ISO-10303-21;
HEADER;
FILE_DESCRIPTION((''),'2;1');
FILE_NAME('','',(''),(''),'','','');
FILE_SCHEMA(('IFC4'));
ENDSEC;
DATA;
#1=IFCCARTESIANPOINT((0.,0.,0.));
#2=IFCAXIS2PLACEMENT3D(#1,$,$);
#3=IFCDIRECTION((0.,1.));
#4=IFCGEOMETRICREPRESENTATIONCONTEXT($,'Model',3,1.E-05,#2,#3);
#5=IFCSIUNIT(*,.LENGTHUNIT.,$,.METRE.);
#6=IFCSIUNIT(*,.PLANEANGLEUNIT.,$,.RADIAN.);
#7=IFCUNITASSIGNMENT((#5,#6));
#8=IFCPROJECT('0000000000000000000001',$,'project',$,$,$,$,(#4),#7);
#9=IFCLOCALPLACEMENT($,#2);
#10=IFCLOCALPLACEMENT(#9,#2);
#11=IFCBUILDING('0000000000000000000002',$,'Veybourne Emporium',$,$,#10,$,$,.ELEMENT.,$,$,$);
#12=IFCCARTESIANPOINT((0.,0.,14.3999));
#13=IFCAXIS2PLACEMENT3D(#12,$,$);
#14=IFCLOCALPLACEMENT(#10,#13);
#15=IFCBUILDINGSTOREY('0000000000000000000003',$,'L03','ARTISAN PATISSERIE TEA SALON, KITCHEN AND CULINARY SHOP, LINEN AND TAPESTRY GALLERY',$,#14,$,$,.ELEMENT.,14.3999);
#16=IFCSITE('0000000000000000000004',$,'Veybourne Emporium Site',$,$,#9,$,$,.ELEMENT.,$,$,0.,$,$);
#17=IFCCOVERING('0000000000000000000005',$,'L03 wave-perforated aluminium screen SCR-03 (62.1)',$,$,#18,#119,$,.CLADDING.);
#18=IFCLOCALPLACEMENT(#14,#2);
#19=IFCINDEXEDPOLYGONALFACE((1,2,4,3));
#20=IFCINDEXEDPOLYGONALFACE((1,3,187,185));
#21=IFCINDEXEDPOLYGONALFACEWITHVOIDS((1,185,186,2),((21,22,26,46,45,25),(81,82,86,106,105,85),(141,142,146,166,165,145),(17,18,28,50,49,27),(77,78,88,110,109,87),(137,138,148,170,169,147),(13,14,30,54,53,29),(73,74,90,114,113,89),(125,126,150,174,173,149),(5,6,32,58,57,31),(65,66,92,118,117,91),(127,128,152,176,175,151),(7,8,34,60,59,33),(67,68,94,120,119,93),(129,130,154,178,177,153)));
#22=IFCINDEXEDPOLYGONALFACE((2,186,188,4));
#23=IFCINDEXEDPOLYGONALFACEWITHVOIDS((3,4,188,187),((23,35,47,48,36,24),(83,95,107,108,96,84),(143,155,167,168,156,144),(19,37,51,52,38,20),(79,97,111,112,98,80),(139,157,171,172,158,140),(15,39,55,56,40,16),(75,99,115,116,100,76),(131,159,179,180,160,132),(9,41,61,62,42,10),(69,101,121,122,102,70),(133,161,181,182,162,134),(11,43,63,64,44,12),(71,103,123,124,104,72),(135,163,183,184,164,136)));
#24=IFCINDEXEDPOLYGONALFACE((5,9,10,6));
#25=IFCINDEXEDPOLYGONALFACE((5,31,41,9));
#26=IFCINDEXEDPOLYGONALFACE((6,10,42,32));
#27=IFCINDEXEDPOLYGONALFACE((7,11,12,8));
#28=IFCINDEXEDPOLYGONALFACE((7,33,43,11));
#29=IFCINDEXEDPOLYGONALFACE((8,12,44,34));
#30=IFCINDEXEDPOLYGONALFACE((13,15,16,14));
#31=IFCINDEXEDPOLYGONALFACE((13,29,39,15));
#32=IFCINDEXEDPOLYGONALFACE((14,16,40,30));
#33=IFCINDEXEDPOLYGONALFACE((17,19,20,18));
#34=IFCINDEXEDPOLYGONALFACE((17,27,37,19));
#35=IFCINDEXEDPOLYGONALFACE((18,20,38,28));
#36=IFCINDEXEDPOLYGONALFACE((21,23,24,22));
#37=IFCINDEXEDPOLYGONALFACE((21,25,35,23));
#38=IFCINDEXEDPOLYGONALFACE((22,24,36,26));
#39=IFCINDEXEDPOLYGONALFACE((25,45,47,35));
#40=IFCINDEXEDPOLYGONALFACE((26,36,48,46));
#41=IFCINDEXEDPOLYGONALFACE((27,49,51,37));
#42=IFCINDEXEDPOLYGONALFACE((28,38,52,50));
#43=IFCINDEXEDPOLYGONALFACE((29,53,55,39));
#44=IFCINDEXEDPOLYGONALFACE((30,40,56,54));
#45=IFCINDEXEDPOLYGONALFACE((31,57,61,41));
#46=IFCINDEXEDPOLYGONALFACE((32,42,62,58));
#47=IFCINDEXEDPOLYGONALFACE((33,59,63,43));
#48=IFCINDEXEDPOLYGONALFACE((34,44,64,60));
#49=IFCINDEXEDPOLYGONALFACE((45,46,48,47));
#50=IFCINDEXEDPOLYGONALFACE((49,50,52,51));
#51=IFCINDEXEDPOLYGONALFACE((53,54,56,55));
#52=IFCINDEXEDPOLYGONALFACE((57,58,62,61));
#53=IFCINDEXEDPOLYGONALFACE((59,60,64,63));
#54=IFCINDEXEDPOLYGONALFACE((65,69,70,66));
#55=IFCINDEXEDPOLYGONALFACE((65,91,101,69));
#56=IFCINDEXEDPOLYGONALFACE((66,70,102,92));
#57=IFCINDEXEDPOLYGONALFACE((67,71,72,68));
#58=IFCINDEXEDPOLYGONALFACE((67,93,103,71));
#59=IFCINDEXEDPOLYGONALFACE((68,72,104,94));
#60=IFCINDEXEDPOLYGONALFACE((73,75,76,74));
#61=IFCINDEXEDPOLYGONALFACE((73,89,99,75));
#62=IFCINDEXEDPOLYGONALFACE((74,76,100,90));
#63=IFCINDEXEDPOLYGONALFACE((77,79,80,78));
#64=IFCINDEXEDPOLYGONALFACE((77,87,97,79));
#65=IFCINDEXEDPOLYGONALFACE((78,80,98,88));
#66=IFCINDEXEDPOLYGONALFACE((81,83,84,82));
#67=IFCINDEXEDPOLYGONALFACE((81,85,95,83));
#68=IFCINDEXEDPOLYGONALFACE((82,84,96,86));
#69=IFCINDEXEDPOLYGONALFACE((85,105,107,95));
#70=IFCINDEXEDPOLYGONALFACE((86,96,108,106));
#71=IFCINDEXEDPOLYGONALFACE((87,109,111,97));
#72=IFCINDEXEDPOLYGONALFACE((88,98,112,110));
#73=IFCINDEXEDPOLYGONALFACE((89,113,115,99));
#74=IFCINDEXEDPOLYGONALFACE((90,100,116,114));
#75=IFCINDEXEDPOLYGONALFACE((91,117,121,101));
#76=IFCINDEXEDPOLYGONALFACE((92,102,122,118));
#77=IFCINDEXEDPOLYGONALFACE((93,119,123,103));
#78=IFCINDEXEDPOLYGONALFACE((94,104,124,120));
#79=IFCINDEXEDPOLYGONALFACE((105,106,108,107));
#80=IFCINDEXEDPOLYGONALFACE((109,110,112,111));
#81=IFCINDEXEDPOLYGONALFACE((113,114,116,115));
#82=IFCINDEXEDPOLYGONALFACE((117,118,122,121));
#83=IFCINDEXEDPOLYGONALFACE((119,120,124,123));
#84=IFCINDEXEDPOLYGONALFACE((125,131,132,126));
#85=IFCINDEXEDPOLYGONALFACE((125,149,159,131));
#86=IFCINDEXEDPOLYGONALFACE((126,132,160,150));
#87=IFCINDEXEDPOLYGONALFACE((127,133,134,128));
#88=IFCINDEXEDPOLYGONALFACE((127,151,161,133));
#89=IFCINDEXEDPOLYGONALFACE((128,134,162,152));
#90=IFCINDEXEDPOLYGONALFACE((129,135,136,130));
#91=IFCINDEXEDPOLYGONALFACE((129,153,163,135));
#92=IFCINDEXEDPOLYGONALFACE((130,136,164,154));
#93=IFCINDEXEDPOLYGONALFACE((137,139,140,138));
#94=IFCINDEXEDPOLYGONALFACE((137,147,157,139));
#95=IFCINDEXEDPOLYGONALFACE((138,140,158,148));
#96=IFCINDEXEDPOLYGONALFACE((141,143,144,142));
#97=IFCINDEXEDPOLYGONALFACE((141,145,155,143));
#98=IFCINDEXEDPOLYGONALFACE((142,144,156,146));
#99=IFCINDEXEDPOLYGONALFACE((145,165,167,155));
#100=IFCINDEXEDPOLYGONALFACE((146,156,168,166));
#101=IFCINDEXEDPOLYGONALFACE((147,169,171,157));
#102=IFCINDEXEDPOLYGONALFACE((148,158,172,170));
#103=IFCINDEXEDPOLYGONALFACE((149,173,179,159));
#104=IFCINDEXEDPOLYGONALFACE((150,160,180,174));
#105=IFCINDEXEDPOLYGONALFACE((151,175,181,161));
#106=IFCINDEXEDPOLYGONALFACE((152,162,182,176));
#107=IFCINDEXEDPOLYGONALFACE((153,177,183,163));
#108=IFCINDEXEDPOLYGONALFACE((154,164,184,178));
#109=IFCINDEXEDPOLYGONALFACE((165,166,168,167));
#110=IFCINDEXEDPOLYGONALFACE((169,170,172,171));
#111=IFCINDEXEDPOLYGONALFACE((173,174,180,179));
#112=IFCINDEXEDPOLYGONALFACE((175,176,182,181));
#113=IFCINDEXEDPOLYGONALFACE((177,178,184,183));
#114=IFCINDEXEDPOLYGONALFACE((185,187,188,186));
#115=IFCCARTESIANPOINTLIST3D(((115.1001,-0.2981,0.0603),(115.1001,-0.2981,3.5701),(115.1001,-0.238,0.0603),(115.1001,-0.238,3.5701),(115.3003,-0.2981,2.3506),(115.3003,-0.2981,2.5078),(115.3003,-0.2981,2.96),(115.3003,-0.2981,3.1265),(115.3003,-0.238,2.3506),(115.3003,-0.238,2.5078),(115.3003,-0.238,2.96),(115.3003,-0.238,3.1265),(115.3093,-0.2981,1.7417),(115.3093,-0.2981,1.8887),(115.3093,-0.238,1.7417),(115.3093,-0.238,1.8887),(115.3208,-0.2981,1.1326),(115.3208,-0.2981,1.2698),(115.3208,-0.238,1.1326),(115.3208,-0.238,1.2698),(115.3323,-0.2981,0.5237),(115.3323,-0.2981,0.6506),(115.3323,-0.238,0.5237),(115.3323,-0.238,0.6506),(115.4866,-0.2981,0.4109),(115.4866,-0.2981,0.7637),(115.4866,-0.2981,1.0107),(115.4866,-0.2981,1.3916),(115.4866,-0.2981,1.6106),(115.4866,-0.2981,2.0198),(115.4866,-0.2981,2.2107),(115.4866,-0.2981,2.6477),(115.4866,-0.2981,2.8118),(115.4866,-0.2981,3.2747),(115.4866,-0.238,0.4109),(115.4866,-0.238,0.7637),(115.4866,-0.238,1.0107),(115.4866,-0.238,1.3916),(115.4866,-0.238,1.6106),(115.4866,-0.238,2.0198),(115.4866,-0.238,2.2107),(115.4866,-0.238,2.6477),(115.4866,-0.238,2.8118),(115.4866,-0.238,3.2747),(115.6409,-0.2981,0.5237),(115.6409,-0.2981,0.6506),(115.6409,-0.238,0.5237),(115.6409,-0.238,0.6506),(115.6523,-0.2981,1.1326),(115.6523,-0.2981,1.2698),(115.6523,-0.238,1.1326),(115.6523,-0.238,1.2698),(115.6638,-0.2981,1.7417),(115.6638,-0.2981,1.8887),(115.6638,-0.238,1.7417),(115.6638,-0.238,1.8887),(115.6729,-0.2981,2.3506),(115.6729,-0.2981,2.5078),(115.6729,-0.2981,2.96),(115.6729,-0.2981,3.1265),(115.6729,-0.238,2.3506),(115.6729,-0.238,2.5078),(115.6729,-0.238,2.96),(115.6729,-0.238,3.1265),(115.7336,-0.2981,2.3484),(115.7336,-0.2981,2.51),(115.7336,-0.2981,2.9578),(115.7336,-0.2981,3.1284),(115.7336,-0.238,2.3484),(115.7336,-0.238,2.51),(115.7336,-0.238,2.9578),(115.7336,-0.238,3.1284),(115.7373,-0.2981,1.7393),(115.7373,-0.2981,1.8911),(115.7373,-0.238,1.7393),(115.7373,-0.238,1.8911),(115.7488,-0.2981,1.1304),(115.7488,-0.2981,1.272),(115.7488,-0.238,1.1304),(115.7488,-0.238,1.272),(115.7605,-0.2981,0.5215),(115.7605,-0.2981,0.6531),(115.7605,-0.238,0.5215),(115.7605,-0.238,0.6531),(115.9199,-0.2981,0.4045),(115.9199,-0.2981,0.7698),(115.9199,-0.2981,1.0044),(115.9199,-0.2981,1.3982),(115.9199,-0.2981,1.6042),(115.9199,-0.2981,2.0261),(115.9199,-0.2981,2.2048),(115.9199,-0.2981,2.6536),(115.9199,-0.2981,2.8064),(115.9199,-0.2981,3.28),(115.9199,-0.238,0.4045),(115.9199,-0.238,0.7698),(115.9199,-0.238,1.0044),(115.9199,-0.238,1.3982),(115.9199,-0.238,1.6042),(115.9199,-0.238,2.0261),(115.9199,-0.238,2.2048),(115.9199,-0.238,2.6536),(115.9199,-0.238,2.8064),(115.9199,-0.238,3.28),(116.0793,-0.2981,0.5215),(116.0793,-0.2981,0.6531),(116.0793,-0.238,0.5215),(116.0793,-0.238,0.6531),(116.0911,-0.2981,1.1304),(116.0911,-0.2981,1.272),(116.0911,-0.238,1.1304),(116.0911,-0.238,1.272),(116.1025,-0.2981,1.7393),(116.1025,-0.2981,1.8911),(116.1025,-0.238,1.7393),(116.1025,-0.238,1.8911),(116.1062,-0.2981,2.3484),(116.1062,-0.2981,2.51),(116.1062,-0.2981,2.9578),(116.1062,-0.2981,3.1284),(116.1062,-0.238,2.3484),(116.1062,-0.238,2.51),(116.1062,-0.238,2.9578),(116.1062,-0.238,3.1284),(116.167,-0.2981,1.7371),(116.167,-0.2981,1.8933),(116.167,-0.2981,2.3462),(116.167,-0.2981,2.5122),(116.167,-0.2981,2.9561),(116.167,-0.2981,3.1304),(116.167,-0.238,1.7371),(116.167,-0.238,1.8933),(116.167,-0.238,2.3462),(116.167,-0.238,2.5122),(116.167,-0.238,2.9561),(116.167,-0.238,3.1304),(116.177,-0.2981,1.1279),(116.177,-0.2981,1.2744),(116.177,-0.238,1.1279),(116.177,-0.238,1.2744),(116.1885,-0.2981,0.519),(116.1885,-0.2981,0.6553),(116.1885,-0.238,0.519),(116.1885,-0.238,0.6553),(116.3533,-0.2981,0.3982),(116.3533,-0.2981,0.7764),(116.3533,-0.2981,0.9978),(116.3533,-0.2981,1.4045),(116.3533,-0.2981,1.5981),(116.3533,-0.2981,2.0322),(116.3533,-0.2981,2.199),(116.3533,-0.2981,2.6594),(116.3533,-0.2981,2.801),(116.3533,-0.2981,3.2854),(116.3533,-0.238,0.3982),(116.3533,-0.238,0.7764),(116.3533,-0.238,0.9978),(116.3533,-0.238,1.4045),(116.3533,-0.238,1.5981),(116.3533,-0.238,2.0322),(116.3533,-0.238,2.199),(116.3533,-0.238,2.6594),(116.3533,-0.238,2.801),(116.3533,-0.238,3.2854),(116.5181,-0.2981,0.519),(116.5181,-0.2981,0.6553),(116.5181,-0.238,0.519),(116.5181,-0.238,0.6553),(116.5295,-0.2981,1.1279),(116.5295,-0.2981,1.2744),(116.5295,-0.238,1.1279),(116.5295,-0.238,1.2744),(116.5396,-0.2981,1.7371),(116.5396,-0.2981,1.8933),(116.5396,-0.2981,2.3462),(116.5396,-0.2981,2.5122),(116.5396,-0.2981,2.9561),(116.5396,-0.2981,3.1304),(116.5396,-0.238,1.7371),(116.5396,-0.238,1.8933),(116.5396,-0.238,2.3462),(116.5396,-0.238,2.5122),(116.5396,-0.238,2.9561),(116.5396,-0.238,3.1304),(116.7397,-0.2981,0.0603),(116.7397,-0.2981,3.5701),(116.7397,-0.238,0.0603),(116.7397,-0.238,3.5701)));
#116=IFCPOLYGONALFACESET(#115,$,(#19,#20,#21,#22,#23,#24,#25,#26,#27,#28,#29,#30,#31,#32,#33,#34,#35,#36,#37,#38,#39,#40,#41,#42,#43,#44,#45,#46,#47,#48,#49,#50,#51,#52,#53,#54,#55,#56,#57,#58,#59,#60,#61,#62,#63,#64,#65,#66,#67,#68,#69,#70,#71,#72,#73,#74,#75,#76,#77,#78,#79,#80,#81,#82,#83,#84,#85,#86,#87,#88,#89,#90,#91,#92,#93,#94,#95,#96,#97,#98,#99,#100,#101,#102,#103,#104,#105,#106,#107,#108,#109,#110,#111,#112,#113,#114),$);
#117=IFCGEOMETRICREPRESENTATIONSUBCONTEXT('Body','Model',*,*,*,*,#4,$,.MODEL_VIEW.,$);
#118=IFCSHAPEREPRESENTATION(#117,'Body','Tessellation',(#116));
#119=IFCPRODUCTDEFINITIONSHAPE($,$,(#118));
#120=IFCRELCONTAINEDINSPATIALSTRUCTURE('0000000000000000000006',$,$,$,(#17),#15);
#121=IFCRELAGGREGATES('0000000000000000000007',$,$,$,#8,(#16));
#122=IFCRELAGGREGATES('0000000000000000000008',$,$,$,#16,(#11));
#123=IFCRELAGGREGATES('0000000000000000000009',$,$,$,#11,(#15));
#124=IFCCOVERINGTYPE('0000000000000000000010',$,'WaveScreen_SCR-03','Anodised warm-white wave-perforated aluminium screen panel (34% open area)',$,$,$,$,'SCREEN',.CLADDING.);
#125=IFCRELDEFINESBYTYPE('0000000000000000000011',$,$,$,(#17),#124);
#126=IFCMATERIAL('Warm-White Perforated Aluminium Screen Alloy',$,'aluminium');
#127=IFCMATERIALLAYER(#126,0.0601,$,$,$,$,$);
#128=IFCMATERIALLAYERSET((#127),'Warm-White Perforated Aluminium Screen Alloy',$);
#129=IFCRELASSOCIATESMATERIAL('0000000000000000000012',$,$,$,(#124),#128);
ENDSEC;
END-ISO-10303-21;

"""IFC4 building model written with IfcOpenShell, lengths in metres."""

from ifc_helpers import new_model, si_unit, direction, frame, origin, place, context, subcontext, project, spatial, polyline, outline, extrude, material, layer, layer_set, type_object, element, save


model = new_model("IFC4")

# Units and contexts
model_context = context("Model", 3, precision=1e-05, world=origin(), true_north=direction((0.0, 1.0)))
body_context = subcontext(model_context, "Body", "Model", "MODEL_VIEW")
ifc_project = project(units=[si_unit("LENGTHUNIT", "METRE"), si_unit("PLANEANGLEUNIT", "RADIAN")], contexts=[model_context])

# Site, building, storey
site_placement = place(None, origin())
site = spatial("IfcSite", under=ifc_project, at=site_placement, Name="Veybourne Emporium Site", CompositionType="ELEMENT", RefElevation=0.0)
building_placement = place(site_placement, origin())
building = spatial("IfcBuilding", under=site, at=building_placement, Name="Veybourne Emporium", CompositionType="ELEMENT")
storey_placement = place(building_placement, frame((0.0, 0.0, 14.3999)))
storey = spatial("IfcBuildingStorey", under=building, at=storey_placement, Name="L03", Description="ARTISAN PATISSERIE TEA SALON, KITCHEN AND CULINARY SHOP, LINEN AND TAPESTRY GALLERY", CompositionType="ELEMENT", Elevation=14.3999)

# Covering
ifc_material_1 = material(Name="Warm-White Perforated Aluminium Screen Alloy", Category="aluminium")
ifc_layer_1 = layer(ifc_material_1, 0.0601)
ifc_layer_set_1 = layer_set([ifc_layer_1], Name="Warm-White Perforated Aluminium Screen Alloy")
covering_type_1 = type_object("IfcCoveringType", Name="WaveScreen_SCR-03", Description="Anodised warm-white wave-perforated aluminium screen panel (34% open area)", ElementType="SCREEN", PredefinedType="CLADDING", material=ifc_layer_set_1)
covering_1_placement = place(storey_placement, frame((115.9199, -0.2981, 1.8152), z_axis=(0.0, 1.0, 0.0), x_axis=(-1.0, 0.0, 0.0)))
element("IfcCovering", 1, at=covering_1_placement, inside=storey, type_object=covering_type_1, Name="L03 wave-perforated aluminium screen SCR-03 (62.1)", PredefinedType="CLADDING", context=body_context, shape_type="SweptSolid", body=[
    extrude(outline(polyline([(-0.8198, -1.7549), (0.8198, -1.7549), (0.8198, 1.7549), (-0.8198, 1.7549), (-0.8198, -1.7549)]), holes=[polyline([(-0.4333, -1.0388), (-0.2686, -1.1599), (-0.2686, -1.2961), (-0.4333, -1.417), (-0.5981, -1.2961), (-0.5981, -1.1599), (-0.4333, -1.0388)]), polyline([(-0.4333, -0.4106), (-0.2571, -0.5408), (-0.2571, -0.6873), (-0.4333, -0.8174), (-0.6096, -0.6873), (-0.6096, -0.5408), (-0.4333, -0.4106)]), polyline([(-0.4333, 0.217), (-0.2471, 0.0781), (-0.2471, -0.0781), (-0.4333, -0.217), (-0.6196, -0.0781), (-0.6196, 0.0781), (-0.4333, 0.217)]), polyline([(-0.4333, 0.8442), (-0.2471, 0.697), (-0.2471, 0.531), (-0.4333, 0.3838), (-0.6196, 0.531), (-0.6196, 0.697), (-0.4333, 0.8442)]), polyline([(-0.4333, 1.4702), (-0.2471, 1.3152), (-0.2471, 1.1409), (-0.4333, 0.9858), (-0.6196, 1.1409), (-0.6196, 1.3152), (-0.4333, 1.4702)]), polyline([(0.0, -1.0454), (0.1594, -1.1621), (0.1594, -1.2937), (0.0, -1.4106), (-0.1594, -1.2937), (-0.1594, -1.1621), (0.0, -1.0454)]), polyline([(0.0, -0.417), (0.1711, -0.5432), (0.1711, -0.6848), (0.0, -0.8108), (-0.1711, -0.6848), (-0.1711, -0.5432), (0.0, -0.417)]), polyline([(0.0, 0.2109), (0.1826, 0.0759), (0.1826, -0.0759), (0.0, -0.2109), (-0.1826, -0.0759), (-0.1826, 0.0759), (0.0, 0.2109)]), polyline([(0.0, 0.8384), (0.1863, 0.6948), (0.1863, 0.5332), (0.0, 0.3896), (-0.1863, 0.5332), (-0.1863, 0.6948), (0.0, 0.8384)]), polyline([(0.0, 1.4648), (0.1863, 1.3132), (0.1863, 1.1426), (0.0, 0.9912), (-0.1863, 1.1426), (-0.1863, 1.3132), (0.0, 1.4648)]), polyline([(0.4333, -1.0515), (0.5876, -1.1646), (0.5876, -1.2915), (0.4333, -1.4043), (0.2791, -1.2915), (0.2791, -1.1646), (0.4333, -1.0515)]), polyline([(0.4333, -0.4236), (0.5991, -0.5454), (0.5991, -0.6826), (0.4333, -0.8044), (0.2676, -0.6826), (0.2676, -0.5454), (0.4333, -0.4236)]), polyline([(0.4333, 0.2046), (0.6106, 0.0735), (0.6106, -0.0735), (0.4333, -0.2046), (0.2561, -0.0735), (0.2561, 0.0735), (0.4333, 0.2046)]), polyline([(0.4333, 0.8325), (0.6196, 0.6926), (0.6196, 0.5354), (0.4333, 0.3955), (0.2471, 0.5354), (0.2471, 0.6926), (0.4333, 0.8325)]), polyline([(0.4333, 1.4595), (0.6196, 1.3113), (0.6196, 1.1448), (0.4333, 0.9966), (0.2471, 1.1448), (0.2471, 1.3113), (0.4333, 1.4595)])]), origin(), (0.0, 0.0, 1.0), 0.0601),
])

save(model, "model.ifc")
